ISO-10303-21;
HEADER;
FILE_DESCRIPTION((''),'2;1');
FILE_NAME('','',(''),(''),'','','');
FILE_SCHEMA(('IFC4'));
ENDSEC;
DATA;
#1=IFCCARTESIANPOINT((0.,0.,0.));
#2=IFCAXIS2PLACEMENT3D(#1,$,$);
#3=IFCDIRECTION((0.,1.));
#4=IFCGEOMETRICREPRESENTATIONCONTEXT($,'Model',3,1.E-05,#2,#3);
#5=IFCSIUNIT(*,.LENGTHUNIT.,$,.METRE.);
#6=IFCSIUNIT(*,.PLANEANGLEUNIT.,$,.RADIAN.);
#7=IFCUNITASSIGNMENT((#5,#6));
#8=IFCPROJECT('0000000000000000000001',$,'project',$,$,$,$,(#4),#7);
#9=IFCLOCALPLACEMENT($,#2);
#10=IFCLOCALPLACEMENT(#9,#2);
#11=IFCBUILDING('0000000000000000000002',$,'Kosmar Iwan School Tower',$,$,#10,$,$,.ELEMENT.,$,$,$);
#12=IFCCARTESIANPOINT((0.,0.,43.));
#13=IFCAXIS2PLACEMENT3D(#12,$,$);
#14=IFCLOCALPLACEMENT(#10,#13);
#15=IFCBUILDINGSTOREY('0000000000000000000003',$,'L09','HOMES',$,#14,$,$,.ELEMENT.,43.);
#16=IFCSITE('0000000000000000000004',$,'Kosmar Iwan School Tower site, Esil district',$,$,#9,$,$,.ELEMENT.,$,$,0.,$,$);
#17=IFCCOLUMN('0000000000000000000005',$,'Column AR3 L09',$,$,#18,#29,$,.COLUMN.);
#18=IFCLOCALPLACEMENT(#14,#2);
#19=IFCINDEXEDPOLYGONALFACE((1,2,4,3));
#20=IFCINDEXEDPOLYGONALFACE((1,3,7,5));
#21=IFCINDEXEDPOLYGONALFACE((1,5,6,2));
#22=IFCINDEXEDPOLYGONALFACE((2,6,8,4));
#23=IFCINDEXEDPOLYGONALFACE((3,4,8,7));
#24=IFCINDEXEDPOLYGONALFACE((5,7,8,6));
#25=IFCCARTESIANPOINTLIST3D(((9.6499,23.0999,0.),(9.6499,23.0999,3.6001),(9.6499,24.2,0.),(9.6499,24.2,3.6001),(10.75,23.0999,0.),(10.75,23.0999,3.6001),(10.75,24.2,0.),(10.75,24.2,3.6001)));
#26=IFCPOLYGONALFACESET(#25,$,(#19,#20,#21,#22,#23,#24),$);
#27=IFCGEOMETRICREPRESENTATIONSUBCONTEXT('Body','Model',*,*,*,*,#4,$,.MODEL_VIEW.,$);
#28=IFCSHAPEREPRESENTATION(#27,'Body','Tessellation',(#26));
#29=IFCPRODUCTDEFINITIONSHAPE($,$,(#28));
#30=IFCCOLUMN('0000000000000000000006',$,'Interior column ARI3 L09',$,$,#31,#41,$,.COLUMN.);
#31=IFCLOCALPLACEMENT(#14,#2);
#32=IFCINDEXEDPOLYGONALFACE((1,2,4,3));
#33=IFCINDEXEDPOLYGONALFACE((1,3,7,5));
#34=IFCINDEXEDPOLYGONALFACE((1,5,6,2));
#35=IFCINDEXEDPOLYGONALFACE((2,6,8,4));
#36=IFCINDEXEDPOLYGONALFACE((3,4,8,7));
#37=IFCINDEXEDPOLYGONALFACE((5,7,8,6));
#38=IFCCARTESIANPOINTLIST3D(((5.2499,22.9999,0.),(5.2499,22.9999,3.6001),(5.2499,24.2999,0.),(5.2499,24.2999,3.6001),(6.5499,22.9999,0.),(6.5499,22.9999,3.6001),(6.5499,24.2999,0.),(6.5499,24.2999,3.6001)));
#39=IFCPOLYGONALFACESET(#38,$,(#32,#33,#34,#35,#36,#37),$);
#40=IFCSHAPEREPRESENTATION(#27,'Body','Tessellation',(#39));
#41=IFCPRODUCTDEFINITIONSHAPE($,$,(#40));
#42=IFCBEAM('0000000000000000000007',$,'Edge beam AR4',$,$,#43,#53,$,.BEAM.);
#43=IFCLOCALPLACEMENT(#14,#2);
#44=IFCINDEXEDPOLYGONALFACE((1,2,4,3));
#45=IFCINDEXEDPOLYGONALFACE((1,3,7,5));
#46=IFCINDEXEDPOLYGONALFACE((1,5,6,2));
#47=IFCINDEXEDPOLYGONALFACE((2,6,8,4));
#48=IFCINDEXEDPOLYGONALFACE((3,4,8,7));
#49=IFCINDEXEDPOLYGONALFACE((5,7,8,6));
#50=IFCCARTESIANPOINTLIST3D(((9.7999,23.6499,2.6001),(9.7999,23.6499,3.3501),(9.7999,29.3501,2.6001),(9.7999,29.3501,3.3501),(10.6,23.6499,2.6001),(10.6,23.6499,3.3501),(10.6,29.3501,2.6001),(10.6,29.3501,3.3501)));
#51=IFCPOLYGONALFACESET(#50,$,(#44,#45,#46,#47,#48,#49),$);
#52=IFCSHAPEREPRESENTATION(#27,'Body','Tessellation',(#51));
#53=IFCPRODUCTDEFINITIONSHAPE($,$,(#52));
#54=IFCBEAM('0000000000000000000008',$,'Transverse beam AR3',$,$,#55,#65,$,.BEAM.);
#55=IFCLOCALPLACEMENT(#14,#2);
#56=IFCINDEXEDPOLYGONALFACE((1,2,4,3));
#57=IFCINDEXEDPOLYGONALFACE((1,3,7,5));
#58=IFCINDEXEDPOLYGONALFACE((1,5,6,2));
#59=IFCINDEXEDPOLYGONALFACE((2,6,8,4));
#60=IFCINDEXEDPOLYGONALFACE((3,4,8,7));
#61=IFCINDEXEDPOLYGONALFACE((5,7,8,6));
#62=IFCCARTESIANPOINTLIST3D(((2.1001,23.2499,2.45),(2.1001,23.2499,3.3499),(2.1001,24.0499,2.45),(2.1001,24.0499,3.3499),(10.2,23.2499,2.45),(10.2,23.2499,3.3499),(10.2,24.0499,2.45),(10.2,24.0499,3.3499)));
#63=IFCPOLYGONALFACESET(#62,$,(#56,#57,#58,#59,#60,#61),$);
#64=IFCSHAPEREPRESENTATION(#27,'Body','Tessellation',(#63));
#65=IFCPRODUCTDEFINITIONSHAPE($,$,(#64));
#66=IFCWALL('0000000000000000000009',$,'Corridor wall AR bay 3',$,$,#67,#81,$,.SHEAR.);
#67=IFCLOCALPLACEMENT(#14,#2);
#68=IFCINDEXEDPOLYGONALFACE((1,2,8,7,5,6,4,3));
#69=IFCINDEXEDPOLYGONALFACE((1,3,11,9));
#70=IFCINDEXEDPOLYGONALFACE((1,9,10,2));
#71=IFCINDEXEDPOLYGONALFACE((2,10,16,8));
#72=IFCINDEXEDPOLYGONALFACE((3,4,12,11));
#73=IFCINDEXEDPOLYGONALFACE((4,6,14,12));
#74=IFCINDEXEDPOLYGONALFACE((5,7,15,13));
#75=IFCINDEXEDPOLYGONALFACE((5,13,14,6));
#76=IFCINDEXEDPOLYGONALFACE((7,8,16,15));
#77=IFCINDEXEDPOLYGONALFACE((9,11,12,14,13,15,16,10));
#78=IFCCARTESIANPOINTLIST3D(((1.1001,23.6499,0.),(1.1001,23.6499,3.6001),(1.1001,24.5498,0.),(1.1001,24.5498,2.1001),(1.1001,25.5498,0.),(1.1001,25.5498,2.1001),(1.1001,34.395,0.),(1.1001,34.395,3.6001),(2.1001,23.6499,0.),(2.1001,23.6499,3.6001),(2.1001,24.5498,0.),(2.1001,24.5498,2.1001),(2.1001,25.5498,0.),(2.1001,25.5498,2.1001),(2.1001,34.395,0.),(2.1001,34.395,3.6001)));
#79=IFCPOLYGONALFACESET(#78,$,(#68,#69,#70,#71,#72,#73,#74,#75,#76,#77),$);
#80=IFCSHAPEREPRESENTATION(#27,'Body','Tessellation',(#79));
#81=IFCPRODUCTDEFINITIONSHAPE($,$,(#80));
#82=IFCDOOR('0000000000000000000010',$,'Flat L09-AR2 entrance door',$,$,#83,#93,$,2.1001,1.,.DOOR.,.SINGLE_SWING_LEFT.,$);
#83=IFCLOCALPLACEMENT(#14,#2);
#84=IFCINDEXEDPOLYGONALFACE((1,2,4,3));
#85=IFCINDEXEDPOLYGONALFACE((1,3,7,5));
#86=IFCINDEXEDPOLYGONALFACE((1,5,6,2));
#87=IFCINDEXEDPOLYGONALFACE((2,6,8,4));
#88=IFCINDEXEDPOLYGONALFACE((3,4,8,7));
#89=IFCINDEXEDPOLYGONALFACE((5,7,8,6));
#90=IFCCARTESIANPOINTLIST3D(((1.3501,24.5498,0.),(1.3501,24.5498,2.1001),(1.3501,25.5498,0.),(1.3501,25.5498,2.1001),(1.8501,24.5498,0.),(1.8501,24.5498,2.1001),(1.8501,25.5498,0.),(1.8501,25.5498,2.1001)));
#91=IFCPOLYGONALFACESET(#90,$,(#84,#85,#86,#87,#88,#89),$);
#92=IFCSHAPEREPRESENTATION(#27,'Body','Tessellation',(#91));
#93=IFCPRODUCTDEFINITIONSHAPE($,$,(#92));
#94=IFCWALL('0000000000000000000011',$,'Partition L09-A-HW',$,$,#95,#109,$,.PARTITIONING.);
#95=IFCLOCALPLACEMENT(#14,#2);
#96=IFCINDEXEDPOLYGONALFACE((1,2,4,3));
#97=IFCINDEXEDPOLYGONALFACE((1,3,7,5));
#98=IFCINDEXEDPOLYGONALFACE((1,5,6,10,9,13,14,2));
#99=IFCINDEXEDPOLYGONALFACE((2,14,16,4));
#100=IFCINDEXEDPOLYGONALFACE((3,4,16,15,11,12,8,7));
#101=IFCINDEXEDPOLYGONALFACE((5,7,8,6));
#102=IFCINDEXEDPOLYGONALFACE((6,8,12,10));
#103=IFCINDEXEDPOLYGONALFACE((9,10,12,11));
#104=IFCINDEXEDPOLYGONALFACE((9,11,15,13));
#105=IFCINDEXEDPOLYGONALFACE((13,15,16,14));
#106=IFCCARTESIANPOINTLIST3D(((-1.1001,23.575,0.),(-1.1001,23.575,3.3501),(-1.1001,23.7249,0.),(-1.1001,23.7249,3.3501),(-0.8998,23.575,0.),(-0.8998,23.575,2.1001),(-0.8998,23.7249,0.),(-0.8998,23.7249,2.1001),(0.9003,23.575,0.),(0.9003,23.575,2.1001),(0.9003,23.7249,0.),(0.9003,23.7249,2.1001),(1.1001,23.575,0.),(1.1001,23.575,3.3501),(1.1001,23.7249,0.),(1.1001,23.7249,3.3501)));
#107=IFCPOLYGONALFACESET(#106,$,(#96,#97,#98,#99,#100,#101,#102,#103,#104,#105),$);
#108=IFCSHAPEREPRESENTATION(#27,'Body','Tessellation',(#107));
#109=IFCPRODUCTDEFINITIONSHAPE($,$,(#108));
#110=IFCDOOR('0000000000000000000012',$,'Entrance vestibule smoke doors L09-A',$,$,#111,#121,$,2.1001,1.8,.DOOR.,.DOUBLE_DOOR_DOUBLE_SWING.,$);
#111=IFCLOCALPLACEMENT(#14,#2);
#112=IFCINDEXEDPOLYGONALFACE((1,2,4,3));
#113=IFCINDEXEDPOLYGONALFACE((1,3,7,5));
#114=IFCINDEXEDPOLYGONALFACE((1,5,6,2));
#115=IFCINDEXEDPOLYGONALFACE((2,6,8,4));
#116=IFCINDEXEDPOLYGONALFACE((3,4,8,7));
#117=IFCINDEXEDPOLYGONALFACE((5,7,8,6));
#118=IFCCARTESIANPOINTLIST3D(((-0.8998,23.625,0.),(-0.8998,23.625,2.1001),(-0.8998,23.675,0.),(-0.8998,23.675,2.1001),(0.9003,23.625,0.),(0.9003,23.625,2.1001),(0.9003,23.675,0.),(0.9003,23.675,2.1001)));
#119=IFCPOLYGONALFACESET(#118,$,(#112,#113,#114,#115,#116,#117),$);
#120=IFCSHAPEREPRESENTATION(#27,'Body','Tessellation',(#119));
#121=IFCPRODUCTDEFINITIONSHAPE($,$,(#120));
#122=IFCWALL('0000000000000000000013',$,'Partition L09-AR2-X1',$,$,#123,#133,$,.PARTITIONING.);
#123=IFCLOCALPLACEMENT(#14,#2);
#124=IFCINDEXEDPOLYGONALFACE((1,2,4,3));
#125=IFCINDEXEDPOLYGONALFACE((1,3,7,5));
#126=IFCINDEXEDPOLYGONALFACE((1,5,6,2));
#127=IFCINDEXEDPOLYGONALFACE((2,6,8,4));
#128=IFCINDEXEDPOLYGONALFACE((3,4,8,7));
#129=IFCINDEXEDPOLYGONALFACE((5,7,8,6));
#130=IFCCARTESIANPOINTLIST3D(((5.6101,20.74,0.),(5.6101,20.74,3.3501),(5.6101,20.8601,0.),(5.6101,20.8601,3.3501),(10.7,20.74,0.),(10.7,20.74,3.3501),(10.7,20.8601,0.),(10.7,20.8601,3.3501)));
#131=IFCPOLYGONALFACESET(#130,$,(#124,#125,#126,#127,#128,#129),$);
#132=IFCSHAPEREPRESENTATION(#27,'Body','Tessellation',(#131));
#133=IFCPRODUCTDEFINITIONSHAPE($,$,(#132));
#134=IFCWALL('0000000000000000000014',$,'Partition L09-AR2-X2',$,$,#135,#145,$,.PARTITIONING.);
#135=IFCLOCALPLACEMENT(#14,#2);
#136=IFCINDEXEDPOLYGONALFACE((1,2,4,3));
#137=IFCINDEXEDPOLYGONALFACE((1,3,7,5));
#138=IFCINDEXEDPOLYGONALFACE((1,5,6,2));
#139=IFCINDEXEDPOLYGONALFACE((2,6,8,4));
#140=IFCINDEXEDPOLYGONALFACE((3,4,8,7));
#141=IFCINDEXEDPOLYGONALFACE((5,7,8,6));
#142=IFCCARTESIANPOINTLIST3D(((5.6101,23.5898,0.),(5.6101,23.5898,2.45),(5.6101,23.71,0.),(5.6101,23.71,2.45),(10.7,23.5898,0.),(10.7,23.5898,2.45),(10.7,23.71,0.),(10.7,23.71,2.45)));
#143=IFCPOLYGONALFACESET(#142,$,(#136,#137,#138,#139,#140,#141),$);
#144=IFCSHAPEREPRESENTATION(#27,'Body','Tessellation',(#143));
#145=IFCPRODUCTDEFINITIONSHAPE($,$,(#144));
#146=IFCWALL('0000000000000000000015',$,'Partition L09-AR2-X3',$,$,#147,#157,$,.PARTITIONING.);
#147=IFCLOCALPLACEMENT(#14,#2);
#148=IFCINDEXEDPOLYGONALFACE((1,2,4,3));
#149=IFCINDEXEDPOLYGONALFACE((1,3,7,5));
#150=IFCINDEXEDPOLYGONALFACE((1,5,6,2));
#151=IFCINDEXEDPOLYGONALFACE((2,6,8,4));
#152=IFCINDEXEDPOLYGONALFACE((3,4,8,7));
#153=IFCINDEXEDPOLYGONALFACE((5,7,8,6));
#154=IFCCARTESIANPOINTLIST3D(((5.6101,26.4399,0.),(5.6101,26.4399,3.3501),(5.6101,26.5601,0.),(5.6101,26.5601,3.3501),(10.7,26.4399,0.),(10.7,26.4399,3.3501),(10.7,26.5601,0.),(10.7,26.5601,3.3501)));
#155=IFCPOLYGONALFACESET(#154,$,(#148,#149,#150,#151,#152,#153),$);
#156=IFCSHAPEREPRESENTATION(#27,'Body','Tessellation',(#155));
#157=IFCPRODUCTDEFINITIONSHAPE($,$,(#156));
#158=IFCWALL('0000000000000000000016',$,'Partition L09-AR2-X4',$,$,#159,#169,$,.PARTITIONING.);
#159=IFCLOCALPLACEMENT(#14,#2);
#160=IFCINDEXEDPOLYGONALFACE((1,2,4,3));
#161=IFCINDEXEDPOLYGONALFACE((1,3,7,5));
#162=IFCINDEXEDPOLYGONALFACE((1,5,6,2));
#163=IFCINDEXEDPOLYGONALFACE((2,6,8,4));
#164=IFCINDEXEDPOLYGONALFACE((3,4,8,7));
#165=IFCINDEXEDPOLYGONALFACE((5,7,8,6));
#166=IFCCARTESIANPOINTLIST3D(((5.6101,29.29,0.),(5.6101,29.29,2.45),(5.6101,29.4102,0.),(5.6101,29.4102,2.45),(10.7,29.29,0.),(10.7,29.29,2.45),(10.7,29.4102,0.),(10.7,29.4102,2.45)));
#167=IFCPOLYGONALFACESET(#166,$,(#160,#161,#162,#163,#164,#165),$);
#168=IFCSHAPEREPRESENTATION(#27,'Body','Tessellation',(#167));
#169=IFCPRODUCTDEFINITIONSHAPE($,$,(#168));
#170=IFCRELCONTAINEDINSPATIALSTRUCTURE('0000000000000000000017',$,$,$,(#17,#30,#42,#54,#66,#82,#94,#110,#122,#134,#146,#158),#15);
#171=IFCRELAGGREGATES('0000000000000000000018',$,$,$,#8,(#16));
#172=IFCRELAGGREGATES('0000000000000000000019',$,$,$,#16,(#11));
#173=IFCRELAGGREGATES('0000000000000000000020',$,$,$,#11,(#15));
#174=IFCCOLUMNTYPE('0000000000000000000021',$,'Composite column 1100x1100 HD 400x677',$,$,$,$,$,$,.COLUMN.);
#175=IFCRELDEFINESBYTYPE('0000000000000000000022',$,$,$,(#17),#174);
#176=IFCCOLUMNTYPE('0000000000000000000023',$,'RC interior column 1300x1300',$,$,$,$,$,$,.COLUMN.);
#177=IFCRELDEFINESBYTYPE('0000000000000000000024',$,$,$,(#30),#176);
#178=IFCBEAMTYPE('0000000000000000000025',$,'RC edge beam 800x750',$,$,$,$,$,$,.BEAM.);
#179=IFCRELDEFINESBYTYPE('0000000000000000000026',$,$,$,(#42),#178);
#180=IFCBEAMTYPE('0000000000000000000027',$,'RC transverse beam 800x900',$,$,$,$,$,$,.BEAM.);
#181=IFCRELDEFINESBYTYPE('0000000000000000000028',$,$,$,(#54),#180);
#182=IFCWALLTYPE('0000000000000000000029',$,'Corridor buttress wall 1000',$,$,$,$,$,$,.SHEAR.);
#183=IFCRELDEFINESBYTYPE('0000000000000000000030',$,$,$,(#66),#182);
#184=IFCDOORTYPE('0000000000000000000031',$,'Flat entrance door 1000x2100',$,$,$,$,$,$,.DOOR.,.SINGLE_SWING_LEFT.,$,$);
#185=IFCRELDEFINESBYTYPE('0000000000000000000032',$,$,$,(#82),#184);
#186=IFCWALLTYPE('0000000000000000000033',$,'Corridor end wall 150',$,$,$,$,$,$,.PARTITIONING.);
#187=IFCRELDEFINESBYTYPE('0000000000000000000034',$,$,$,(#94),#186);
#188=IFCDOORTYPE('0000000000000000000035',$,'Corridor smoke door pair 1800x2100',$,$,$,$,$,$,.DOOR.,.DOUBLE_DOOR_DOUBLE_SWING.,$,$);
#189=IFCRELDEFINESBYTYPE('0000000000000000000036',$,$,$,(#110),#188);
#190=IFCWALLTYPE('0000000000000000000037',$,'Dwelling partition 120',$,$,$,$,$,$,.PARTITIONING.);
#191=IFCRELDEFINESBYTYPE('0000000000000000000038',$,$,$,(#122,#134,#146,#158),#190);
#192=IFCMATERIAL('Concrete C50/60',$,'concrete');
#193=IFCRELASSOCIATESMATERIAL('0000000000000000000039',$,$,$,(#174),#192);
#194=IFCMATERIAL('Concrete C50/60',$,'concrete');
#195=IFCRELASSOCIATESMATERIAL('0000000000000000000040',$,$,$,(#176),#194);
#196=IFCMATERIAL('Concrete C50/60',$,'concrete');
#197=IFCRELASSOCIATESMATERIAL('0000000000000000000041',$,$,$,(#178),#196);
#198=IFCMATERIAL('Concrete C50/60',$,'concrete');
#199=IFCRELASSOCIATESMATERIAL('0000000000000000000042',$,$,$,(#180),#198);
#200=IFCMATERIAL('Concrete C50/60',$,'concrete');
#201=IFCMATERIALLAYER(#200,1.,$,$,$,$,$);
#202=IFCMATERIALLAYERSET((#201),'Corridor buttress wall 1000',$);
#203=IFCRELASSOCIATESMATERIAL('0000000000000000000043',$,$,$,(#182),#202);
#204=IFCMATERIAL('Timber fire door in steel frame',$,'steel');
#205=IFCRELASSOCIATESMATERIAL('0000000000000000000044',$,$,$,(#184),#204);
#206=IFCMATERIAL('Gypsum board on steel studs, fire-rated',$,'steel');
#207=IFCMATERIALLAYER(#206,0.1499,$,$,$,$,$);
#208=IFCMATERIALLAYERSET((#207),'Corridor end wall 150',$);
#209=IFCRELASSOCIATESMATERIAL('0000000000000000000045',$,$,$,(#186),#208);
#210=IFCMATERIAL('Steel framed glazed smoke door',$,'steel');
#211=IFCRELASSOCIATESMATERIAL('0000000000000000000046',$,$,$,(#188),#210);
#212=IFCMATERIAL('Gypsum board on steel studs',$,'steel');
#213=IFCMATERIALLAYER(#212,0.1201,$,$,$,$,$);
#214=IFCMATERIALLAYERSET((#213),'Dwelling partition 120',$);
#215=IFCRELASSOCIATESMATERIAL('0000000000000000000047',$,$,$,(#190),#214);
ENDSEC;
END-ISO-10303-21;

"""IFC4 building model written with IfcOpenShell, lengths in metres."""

from ifc_helpers import new_model, si_unit, direction, frame, frame_2d, origin, origin_2d, place, context, subcontext, project, spatial, rectangle, extrude, material, layer, layer_set, material_profile, profile_set, type_object, element, fill, save


model = new_model("IFC4")

# Units and contexts
model_context = context("Model", 3, precision=1e-05, world=origin(), true_north=direction((0.0, 1.0)))
body_context = subcontext(model_context, "Body", "Model", "MODEL_VIEW")
ifc_project = project(units=[si_unit("LENGTHUNIT", "METRE"), si_unit("PLANEANGLEUNIT", "RADIAN")], contexts=[model_context])

# Site, building, storey
site_placement = place(None, origin())
site = spatial("IfcSite", under=ifc_project, at=site_placement, Name="Kosmar Iwan School Tower site, Esil district", CompositionType="ELEMENT", RefElevation=0.0)
building_placement = place(site_placement, origin())
building = spatial("IfcBuilding", under=site, at=building_placement, Name="Kosmar Iwan School Tower", CompositionType="ELEMENT")
storey_placement = place(building_placement, frame((0.0, 0.0, 43.0)))
storey = spatial("IfcBuildingStorey", under=building, at=storey_placement, Name="L09", Description="HOMES", CompositionType="ELEMENT", Elevation=43.0)

# Columns
ifc_material_1 = material(Name="Concrete C50/60", Category="concrete")
ifc_material_profile_1 = material_profile(ifc_material_1, rectangle(XDim=1.1001, YDim=1.1001, at=origin_2d()), Name="RC 1100x1100 + HD 400x677")
ifc_profile_set_1 = profile_set([ifc_material_profile_1], Name="Concrete C50/60")
column_type_1 = type_object("IfcColumnType", Name="Composite column 1100x1100 HD 400x677", PredefinedType="COLUMN", material=ifc_profile_set_1)
column_1_placement = place(storey_placement, frame((10.2, 23.6499, 0.0), z_axis=(0.0, 0.0, 1.0), x_axis=(0.0, 1.0, 0.0)))
element("IfcColumn", 1, at=column_1_placement, inside=storey, type_object=column_type_1, Name="Column AR3 L09", PredefinedType="COLUMN", context=body_context, shape_type="SweptSolid", body=[
    extrude(rectangle(XDim=1.1001, YDim=1.1001, at=origin_2d()), origin(), (0.0, 0.0, 1.0), 3.6001),
])
ifc_material_2 = material(Name="Concrete C50/60", Category="concrete")
ifc_material_profile_2 = material_profile(ifc_material_2, rectangle(XDim=1.3, YDim=1.3, at=origin_2d()), Name="RC 1300x1300")
ifc_profile_set_2 = profile_set([ifc_material_profile_2], Name="Concrete C50/60")
column_type_2 = type_object("IfcColumnType", Name="RC interior column 1300x1300", PredefinedType="COLUMN", material=ifc_profile_set_2)
column_2_placement = place(storey_placement, frame((5.8999, 23.6499, 0.0), z_axis=(0.0, 0.0, 1.0), x_axis=(0.0, 1.0, 0.0)))
element("IfcColumn", 2, at=column_2_placement, inside=storey, type_object=column_type_2, Name="Interior column ARI3 L09", PredefinedType="COLUMN", context=body_context, shape_type="SweptSolid", body=[
    extrude(rectangle(XDim=1.3, YDim=1.3, at=origin_2d()), origin(), (0.0, 0.0, 1.0), 3.6001),
])

# Beams
ifc_material_3 = material(Name="Concrete C50/60", Category="concrete")
ifc_material_profile_3 = material_profile(ifc_material_3, rectangle(XDim=0.8, YDim=0.75, at=origin_2d()), Name="RC 800x750")
ifc_profile_set_3 = profile_set([ifc_material_profile_3], Name="Concrete C50/60")
beam_type_1 = type_object("IfcBeamType", Name="RC edge beam 800x750", PredefinedType="BEAM", material=ifc_profile_set_3)
beam_1_placement = place(storey_placement, frame((10.2, 23.6499, 2.9751), z_axis=(0.0, 1.0, 0.0), x_axis=(-1.0, 0.0, 0.0)))
element("IfcBeam", 3, at=beam_1_placement, inside=storey, type_object=beam_type_1, Name="Edge beam AR4", PredefinedType="BEAM", context=body_context, shape_type="SweptSolid", body=[
    extrude(rectangle(XDim=0.8, YDim=0.75, at=origin_2d()), origin(), (0.0, 0.0, 1.0), 5.7002),
])
ifc_material_4 = material(Name="Concrete C50/60", Category="concrete")
ifc_material_profile_4 = material_profile(ifc_material_4, rectangle(XDim=0.8, YDim=0.8999, at=origin_2d()), Name="RC 800x900")
ifc_profile_set_4 = profile_set([ifc_material_profile_4], Name="Concrete C50/60")
beam_type_2 = type_object("IfcBeamType", Name="RC transverse beam 800x900", PredefinedType="BEAM", material=ifc_profile_set_4)
beam_2_placement = place(storey_placement, frame((10.2, 23.6499, 2.8999), z_axis=(-1.0, 0.0, 0.0), x_axis=(0.0, -1.0, 0.0)))
element("IfcBeam", 4, at=beam_2_placement, inside=storey, type_object=beam_type_2, Name="Transverse beam AR3", PredefinedType="BEAM", context=body_context, shape_type="SweptSolid", body=[
    extrude(rectangle(XDim=0.8, YDim=0.8999, at=origin_2d()), origin(), (0.0, 0.0, 1.0), 8.0999),
])

# Walls, openings, doors
ifc_material_5 = material(Name="Concrete C50/60", Category="concrete")
ifc_layer_1 = layer(ifc_material_5, 1.0)
ifc_layer_set_1 = layer_set([ifc_layer_1], Name="Corridor buttress wall 1000")
wall_type_1 = type_object("IfcWallType", Name="Corridor buttress wall 1000", PredefinedType="SHEAR", material=ifc_layer_set_1)
wall_1_placement = place(storey_placement, frame((1.6001, 23.6499, 0.0), z_axis=(0.0, 0.0, 1.0), x_axis=(0.0, 1.0, 0.0)))
wall_1 = element("IfcWall", 5, at=wall_1_placement, inside=storey, type_object=wall_type_1, Name="Corridor wall AR bay 3", PredefinedType="SHEAR", context=body_context, shape_type="SweptSolid", body=[
    extrude(rectangle(XDim=10.7451, YDim=1.0, at=frame_2d((5.3726, 0.0))), origin(), (0.0, 0.0, 1.0), 3.6001),
])
opening_1_placement = place(wall_1_placement, frame((0.8999, 0.0, 0.0)))
opening_1 = element("IfcOpeningElement", 6, at=opening_1_placement, cuts=wall_1, PredefinedType="OPENING", context=body_context, shape_type="SweptSolid", body=[
    extrude(rectangle(XDim=1.0, YDim=2.1001, at=frame_2d((0.5, 1.05))), frame((0.0, 0.512, 0.0), z_axis=(0.0, -1.0, 0.0), x_axis=(1.0, 0.0, 0.0)), (0.0, 0.0, 1.0), 1.0239),
])
ifc_material_6 = material(Name="Timber fire door in steel frame", Category="steel")
door_type_1 = type_object("IfcDoorType", Name="Flat entrance door 1000x2100", OperationType="SINGLE_SWING_LEFT", PredefinedType="DOOR", material=ifc_material_6)
door_1_placement = place(opening_1_placement, origin())
door_1 = element("IfcDoor", 7, at=door_1_placement, inside=storey, type_object=door_type_1, Name="Flat L09-AR2 entrance door", OperationType="SINGLE_SWING_LEFT", OverallHeight=2.1001, OverallWidth=1.0, PredefinedType="DOOR", context=body_context, shape_type="SweptSolid", body=[
    extrude(rectangle(XDim=1.0, YDim=2.1001, at=frame_2d((0.5, 1.05))), frame((0.0, 0.25, 0.0), z_axis=(0.0, -1.0, 0.0), x_axis=(1.0, 0.0, 0.0)), (0.0, 0.0, 1.0), 0.5),
])
fill(opening_1, door_1)
ifc_material_7 = material(Name="Gypsum board on steel studs, fire-rated", Category="steel")
ifc_layer_2 = layer(ifc_material_7, 0.1499)
ifc_layer_set_2 = layer_set([ifc_layer_2], Name="Corridor end wall 150")
wall_type_2 = type_object("IfcWallType", Name="Corridor end wall 150", PredefinedType="PARTITIONING", material=ifc_layer_set_2)
wall_2_placement = place(storey_placement, frame((1.1001, 23.6499, 0.0), z_axis=(0.0, 0.0, 1.0), x_axis=(-1.0, 0.0, 0.0)))
wall_2 = element("IfcWall", 8, at=wall_2_placement, inside=storey, type_object=wall_type_2, Name="Partition L09-A-HW", PredefinedType="PARTITIONING", context=body_context, shape_type="SweptSolid", body=[
    extrude(rectangle(XDim=2.2002, YDim=0.1499, at=frame_2d((1.1001, 0.0))), origin(), (0.0, 0.0, 1.0), 3.3501),
])
opening_2_placement = place(wall_2_placement, frame((0.2, 0.0, 0.0)))
opening_2 = element("IfcOpeningElement", 9, at=opening_2_placement, cuts=wall_2, PredefinedType="OPENING", context=body_context, shape_type="SweptSolid", body=[
    extrude(rectangle(XDim=1.8, YDim=2.1001, at=frame_2d((0.8999, 1.05))), frame((0.0, 0.0869, 0.0), z_axis=(0.0, -1.0, 0.0), x_axis=(1.0, 0.0, 0.0)), (0.0, 0.0, 1.0), 0.1738),
])
ifc_material_8 = material(Name="Steel framed glazed smoke door", Category="steel")
door_type_2 = type_object("IfcDoorType", Name="Corridor smoke door pair 1800x2100", OperationType="DOUBLE_DOOR_DOUBLE_SWING", PredefinedType="DOOR", material=ifc_material_8)
door_2_placement = place(opening_2_placement, origin())
door_2 = element("IfcDoor", 10, at=door_2_placement, inside=storey, type_object=door_type_2, Name="Entrance vestibule smoke doors L09-A", OperationType="DOUBLE_DOOR_DOUBLE_SWING", OverallHeight=2.1001, OverallWidth=1.8, PredefinedType="DOOR", context=body_context, shape_type="SweptSolid", body=[
    extrude(rectangle(XDim=1.8, YDim=2.1001, at=frame_2d((0.8999, 1.05))), frame((0.0, 0.0249, 0.0), z_axis=(0.0, -1.0, 0.0), x_axis=(1.0, 0.0, 0.0)), (0.0, 0.0, 1.0), 0.05),
])
fill(opening_2, door_2)

# Walls
ifc_material_9 = material(Name="Gypsum board on steel studs", Category="steel")
ifc_layer_3 = layer(ifc_material_9, 0.1201)
ifc_layer_set_3 = layer_set([ifc_layer_3], Name="Dwelling partition 120")
wall_type_3 = type_object("IfcWallType", Name="Dwelling partition 120", PredefinedType="PARTITIONING", material=ifc_layer_set_3)
wall_3_placement = place(storey_placement, frame((5.6101, 20.8, 0.0), z_axis=(0.0, 0.0, 1.0), x_axis=(1.0, 0.0, 0.0)))
element("IfcWall", 11, at=wall_3_placement, inside=storey, type_object=wall_type_3, Name="Partition L09-AR2-X1", PredefinedType="PARTITIONING", context=body_context, shape_type="SweptSolid", body=[
    extrude(rectangle(XDim=5.0898, YDim=0.1201, at=frame_2d((2.5449, 0.0))), origin(), (0.0, 0.0, 1.0), 3.3501),
])
wall_4_placement = place(storey_placement, frame((5.6101, 23.6499, 0.0), z_axis=(0.0, 0.0, 1.0), x_axis=(1.0, 0.0, 0.0)))
element("IfcWall", 12, at=wall_4_placement, inside=storey, type_object=wall_type_3, Name="Partition L09-AR2-X2", PredefinedType="PARTITIONING", context=body_context, shape_type="SweptSolid", body=[
    extrude(rectangle(XDim=5.0898, YDim=0.1201, at=frame_2d((2.5449, 0.0))), origin(), (0.0, 0.0, 1.0), 2.45),
])
wall_5_placement = place(storey_placement, frame((5.6101, 26.5, 0.0), z_axis=(0.0, 0.0, 1.0), x_axis=(1.0, 0.0, 0.0)))
element("IfcWall", 13, at=wall_5_placement, inside=storey, type_object=wall_type_3, Name="Partition L09-AR2-X3", PredefinedType="PARTITIONING", context=body_context, shape_type="SweptSolid", body=[
    extrude(rectangle(XDim=5.0898, YDim=0.1201, at=frame_2d((2.5449, 0.0))), origin(), (0.0, 0.0, 1.0), 3.3501),
])
wall_6_placement = place(storey_placement, frame((5.6101, 29.3501, 0.0), z_axis=(0.0, 0.0, 1.0), x_axis=(1.0, 0.0, 0.0)))
element("IfcWall", 14, at=wall_6_placement, inside=storey, type_object=wall_type_3, Name="Partition L09-AR2-X4", PredefinedType="PARTITIONING", context=body_context, shape_type="SweptSolid", body=[
    extrude(rectangle(XDim=5.0898, YDim=0.1201, at=frame_2d((2.5449, 0.0))), origin(), (0.0, 0.0, 1.0), 2.45),
])

save(model, "model.ifc")
